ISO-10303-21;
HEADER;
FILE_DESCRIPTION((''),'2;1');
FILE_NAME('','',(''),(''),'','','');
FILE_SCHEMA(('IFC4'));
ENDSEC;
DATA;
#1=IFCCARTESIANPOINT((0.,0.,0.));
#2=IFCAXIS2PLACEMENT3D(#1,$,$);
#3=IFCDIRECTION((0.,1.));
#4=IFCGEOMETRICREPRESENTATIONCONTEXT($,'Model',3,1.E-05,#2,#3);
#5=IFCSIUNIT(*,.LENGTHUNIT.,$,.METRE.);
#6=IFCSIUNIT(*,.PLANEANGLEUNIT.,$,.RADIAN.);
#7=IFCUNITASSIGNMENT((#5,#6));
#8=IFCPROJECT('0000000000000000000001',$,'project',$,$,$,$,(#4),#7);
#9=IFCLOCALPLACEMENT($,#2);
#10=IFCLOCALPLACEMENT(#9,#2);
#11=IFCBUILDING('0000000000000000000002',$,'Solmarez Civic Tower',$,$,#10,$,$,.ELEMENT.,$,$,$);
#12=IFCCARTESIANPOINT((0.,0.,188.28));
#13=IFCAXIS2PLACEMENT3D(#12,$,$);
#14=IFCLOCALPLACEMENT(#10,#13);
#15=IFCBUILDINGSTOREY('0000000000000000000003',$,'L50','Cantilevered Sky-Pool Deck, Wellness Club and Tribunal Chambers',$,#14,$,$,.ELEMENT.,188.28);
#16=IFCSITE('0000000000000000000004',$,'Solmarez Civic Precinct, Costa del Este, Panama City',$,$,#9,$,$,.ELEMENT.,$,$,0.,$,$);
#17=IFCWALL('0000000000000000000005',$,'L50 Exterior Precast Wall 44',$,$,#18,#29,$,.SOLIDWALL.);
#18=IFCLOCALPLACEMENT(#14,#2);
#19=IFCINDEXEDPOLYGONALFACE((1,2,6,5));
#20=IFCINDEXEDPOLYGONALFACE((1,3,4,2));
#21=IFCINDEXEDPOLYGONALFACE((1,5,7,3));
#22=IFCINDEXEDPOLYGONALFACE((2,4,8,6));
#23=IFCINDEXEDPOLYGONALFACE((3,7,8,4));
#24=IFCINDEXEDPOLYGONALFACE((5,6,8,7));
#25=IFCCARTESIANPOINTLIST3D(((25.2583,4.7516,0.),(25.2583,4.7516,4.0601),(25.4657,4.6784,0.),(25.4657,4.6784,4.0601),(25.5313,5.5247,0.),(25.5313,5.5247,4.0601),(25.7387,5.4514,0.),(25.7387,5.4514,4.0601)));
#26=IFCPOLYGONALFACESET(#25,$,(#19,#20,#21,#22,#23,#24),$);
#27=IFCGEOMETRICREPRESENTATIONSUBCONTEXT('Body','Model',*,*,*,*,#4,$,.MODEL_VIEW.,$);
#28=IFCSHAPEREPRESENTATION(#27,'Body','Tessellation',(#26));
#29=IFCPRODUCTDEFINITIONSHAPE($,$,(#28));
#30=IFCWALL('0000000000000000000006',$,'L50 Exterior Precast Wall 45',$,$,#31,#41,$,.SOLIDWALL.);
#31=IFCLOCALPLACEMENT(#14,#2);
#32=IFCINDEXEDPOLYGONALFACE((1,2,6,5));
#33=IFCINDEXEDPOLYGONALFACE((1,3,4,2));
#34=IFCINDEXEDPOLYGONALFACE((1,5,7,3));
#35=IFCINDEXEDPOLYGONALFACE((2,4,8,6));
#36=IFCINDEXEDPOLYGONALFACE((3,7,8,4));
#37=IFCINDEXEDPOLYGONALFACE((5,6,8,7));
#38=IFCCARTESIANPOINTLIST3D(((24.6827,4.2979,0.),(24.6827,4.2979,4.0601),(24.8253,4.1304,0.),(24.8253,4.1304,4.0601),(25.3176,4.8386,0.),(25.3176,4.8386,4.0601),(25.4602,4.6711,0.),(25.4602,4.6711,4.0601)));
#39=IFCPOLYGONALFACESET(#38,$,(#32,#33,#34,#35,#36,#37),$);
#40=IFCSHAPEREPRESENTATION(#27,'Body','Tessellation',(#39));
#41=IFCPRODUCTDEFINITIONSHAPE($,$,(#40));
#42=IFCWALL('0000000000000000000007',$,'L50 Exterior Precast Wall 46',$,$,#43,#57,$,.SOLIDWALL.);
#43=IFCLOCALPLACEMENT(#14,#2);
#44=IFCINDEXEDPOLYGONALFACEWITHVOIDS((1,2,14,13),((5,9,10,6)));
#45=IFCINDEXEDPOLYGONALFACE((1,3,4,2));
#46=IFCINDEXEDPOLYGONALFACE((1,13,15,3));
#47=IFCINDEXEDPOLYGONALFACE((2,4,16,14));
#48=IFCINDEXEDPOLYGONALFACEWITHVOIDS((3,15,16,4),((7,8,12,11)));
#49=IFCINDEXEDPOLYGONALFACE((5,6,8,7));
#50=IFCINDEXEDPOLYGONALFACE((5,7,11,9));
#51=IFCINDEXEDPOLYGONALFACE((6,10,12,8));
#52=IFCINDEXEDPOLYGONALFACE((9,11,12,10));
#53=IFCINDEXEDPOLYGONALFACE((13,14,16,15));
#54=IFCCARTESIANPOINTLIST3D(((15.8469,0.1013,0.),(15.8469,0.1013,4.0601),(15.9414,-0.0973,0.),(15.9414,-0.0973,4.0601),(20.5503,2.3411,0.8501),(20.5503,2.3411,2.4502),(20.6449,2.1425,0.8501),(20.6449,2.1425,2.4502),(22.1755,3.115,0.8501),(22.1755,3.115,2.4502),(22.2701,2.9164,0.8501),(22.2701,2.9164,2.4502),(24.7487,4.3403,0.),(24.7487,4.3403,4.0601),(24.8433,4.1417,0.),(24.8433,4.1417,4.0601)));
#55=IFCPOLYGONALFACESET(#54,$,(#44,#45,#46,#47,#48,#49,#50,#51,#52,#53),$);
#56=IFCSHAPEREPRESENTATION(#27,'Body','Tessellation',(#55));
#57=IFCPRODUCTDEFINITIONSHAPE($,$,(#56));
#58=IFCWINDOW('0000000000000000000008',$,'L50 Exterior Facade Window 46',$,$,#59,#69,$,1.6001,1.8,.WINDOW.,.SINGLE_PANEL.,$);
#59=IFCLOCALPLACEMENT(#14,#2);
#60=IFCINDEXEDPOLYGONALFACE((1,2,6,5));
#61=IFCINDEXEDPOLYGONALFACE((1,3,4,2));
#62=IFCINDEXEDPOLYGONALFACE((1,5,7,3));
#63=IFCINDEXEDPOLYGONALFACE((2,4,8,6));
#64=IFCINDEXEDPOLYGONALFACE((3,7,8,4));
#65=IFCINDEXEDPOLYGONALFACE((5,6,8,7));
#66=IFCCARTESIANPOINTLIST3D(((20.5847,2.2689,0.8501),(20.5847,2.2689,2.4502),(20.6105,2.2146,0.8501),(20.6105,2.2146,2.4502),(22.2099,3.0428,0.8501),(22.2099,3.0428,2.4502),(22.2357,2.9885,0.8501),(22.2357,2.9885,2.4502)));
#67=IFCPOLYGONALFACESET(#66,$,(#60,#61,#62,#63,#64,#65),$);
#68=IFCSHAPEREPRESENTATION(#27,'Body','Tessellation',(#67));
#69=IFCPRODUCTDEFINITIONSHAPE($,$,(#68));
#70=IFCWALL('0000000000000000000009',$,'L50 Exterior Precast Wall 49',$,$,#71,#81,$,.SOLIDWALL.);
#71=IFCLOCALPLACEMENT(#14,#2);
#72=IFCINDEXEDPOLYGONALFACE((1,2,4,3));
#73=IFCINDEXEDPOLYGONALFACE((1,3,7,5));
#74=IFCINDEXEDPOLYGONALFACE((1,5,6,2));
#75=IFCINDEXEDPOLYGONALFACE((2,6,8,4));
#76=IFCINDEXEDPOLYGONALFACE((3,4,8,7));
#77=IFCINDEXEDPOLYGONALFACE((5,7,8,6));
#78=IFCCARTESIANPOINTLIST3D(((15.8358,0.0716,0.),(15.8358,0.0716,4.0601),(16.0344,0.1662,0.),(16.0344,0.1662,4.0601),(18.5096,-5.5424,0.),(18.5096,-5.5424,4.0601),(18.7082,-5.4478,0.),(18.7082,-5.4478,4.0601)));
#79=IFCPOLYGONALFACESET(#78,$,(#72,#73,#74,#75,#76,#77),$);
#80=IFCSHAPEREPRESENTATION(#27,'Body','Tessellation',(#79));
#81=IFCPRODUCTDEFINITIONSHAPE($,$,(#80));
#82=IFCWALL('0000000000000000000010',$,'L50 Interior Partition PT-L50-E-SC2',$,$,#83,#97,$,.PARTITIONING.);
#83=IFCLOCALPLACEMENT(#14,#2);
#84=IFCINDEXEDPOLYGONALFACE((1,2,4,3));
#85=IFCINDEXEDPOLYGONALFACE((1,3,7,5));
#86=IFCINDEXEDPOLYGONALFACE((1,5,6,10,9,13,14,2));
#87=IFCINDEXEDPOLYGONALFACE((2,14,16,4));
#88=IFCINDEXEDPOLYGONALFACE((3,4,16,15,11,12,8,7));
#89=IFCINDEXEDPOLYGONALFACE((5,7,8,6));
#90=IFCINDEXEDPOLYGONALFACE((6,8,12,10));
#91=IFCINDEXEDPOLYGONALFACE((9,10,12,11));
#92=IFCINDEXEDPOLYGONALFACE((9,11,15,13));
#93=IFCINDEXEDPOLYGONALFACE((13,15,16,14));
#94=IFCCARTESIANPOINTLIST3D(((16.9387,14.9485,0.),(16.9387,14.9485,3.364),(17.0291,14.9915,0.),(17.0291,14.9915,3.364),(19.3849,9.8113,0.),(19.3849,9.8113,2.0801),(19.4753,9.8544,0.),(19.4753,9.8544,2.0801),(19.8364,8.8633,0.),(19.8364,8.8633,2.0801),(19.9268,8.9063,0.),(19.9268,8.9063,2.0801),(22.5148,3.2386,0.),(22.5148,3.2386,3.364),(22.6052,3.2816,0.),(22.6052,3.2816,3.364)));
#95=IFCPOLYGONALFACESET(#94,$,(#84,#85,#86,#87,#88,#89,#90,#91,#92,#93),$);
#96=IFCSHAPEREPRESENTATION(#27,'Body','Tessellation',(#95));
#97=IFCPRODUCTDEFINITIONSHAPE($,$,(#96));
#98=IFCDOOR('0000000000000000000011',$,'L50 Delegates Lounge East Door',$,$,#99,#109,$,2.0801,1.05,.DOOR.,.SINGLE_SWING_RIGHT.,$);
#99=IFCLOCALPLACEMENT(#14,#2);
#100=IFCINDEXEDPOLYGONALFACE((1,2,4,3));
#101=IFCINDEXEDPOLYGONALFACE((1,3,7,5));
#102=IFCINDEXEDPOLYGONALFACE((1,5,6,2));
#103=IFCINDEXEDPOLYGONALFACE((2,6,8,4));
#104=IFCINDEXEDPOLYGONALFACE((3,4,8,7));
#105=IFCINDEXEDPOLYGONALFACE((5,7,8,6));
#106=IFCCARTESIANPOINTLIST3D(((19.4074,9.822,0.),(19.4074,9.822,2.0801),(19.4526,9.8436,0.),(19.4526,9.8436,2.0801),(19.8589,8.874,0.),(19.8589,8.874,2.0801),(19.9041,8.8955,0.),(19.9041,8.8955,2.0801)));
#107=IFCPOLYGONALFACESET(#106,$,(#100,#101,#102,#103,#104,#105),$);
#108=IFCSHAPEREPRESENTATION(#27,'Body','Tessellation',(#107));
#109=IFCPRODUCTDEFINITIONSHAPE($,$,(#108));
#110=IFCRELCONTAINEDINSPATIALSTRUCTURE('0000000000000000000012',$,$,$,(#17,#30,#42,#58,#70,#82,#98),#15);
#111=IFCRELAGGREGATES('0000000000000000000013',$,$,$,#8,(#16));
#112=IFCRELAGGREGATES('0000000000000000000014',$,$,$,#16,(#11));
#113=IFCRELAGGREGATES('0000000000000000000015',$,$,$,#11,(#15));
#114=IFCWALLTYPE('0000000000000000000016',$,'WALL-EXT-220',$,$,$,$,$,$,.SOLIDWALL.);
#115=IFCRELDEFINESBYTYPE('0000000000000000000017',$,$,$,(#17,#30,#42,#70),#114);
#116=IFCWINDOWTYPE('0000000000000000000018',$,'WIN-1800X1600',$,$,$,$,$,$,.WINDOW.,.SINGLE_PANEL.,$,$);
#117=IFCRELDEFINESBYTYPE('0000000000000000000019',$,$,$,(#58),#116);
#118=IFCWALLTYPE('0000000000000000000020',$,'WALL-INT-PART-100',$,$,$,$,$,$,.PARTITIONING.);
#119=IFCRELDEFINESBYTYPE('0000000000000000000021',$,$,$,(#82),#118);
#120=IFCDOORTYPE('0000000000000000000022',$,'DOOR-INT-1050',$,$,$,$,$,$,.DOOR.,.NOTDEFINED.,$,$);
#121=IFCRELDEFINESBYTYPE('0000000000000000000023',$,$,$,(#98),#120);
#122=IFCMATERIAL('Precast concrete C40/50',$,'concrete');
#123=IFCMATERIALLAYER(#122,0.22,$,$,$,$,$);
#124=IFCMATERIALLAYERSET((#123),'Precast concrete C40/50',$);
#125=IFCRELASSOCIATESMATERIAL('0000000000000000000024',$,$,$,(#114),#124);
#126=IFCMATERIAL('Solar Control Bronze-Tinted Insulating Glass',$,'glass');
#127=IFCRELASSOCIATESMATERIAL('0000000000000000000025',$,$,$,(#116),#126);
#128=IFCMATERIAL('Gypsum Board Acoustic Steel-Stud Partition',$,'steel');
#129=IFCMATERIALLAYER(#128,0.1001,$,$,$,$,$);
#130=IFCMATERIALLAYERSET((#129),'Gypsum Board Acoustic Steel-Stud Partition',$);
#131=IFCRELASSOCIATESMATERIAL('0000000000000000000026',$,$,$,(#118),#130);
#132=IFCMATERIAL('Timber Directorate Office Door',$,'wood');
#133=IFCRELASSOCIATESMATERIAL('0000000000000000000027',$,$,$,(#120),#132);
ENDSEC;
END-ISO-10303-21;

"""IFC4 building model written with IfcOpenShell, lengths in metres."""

from ifc_helpers import new_model, si_unit, direction, frame, frame_2d, origin, place, context, subcontext, project, spatial, rectangle, extrude, material, layer, layer_set, type_object, element, fill, save


model = new_model("IFC4")

# Units and contexts
model_context = context("Model", 3, precision=1e-05, world=origin(), true_north=direction((0.0, 1.0)))
body_context = subcontext(model_context, "Body", "Model", "MODEL_VIEW")
ifc_project = project(units=[si_unit("LENGTHUNIT", "METRE"), si_unit("PLANEANGLEUNIT", "RADIAN")], contexts=[model_context])

# Site, building, storey
site_placement = place(None, origin())
site = spatial("IfcSite", under=ifc_project, at=site_placement, Name="Solmarez Civic Precinct, Costa del Este, Panama City", CompositionType="ELEMENT", RefElevation=0.0)
building_placement = place(site_placement, origin())
building = spatial("IfcBuilding", under=site, at=building_placement, Name="Solmarez Civic Tower", CompositionType="ELEMENT")
storey_placement = place(building_placement, frame((0.0, 0.0, 188.28)))
storey = spatial("IfcBuildingStorey", under=building, at=storey_placement, Name="L50", Description="Cantilevered Sky-Pool Deck, Wellness Club and Tribunal Chambers", CompositionType="ELEMENT", Elevation=188.28)

# Shared definitions
ifc_material_1 = material(Name="Precast concrete C40/50", Category="concrete")
ifc_layer_1 = layer(ifc_material_1, 0.22)
ifc_layer_set_1 = layer_set([ifc_layer_1], Name="Precast concrete C40/50")
wall_type_1 = type_object("IfcWallType", Name="WALL-EXT-220", PredefinedType="SOLIDWALL", material=ifc_layer_set_1)

# Walls
wall_1_placement = place(storey_placement, frame((25.635, 5.488, 0.0), z_axis=(0.0, 0.0, 1.0), x_axis=(-0.332976, -0.942935, 0.0)))
element("IfcWall", 1, at=wall_1_placement, inside=storey, type_object=wall_type_1, Name="L50 Exterior Precast Wall 44", PredefinedType="SOLIDWALL", context=body_context, shape_type="SweptSolid", body=[
    extrude(rectangle(XDim=0.8198, YDim=0.22, at=frame_2d((0.4099, 0.0))), origin(), (0.0, 0.0, 1.0), 4.0601),
])
wall_2_placement = place(storey_placement, frame((25.3889, 4.7549, 0.0), z_axis=(0.0, 0.0, 1.0), x_axis=(-0.76134, -0.648353, 0.0)))
element("IfcWall", 2, at=wall_2_placement, inside=storey, type_object=wall_type_1, Name="L50 Exterior Precast Wall 45", PredefinedType="SOLIDWALL", context=body_context, shape_type="SweptSolid", body=[
    extrude(rectangle(XDim=0.834, YDim=0.22, at=frame_2d((0.417, 0.0))), origin(), (0.0, 0.0, 1.0), 4.0601),
])

# Wall, opening, window
wall_3_placement = place(storey_placement, frame((24.7959, 4.241, 0.0), z_axis=(0.0, 0.0, 1.0), x_axis=(-0.902859, -0.429936, 0.0)))
wall_3 = element("IfcWall", 3, at=wall_3_placement, inside=storey, type_object=wall_type_1, Name="L50 Exterior Precast Wall 46", PredefinedType="SOLIDWALL", context=body_context, shape_type="SweptSolid", body=[
    extrude(rectangle(XDim=9.8596, YDim=0.22, at=frame_2d((4.9297, 0.0))), origin(), (0.0, 0.0, 1.0), 4.0601),
])
opening_1_placement = place(wall_3_placement, frame((2.8501, 0.0, 0.8501)))
opening_1 = element("IfcOpeningElement", 4, at=opening_1_placement, cuts=wall_3, PredefinedType="OPENING", context=body_context, shape_type="SweptSolid", body=[
    extrude(rectangle(XDim=1.8, YDim=1.6001, at=frame_2d((0.8999, 0.8))), frame((0.0, 0.1199, 0.0), z_axis=(0.0, -1.0, 0.0), x_axis=(1.0, 0.0, 0.0)), (0.0, 0.0, 1.0), 0.24),
])
ifc_material_2 = material(Name="Solar Control Bronze-Tinted Insulating Glass", Category="glass")
window_type = type_object("IfcWindowType", Name="WIN-1800X1600", PartitioningType="SINGLE_PANEL", PredefinedType="WINDOW", material=ifc_material_2)
window_placement = place(opening_1_placement, origin())
window = element("IfcWindow", 5, at=window_placement, inside=storey, type_object=window_type, Name="L50 Exterior Facade Window 46", OverallHeight=1.6001, OverallWidth=1.8, PartitioningType="SINGLE_PANEL", PredefinedType="WINDOW", context=body_context, shape_type="SweptSolid", body=[
    extrude(rectangle(XDim=1.8, YDim=1.6001, at=frame_2d((0.8999, 0.8))), frame((0.0, 0.03, 0.0), z_axis=(0.0, -1.0, 0.0), x_axis=(1.0, 0.0, 0.0)), (0.0, 0.0, 1.0), 0.0601),
])
fill(opening_1, window)

# Wall
wall_4_placement = place(storey_placement, frame((15.9351, 0.1189, 0.0), z_axis=(0.0, 0.0, 1.0), x_axis=(0.429998, -0.90283, 0.0)))
element("IfcWall", 6, at=wall_4_placement, inside=storey, type_object=wall_type_1, Name="L50 Exterior Precast Wall 49", PredefinedType="SOLIDWALL", context=body_context, shape_type="SweptSolid", body=[
    extrude(rectangle(XDim=6.2183, YDim=0.22, at=frame_2d((3.1091, 0.0))), origin(), (0.0, 0.0, 1.0), 4.0601),
])

# Wall, opening, door
ifc_material_3 = material(Name="Gypsum Board Acoustic Steel-Stud Partition", Category="steel")
ifc_layer_2 = layer(ifc_material_3, 0.1001)
ifc_layer_set_2 = layer_set([ifc_layer_2], Name="Gypsum Board Acoustic Steel-Stud Partition")
wall_type_2 = type_object("IfcWallType", Name="WALL-INT-PART-100", PredefinedType="PARTITIONING", material=ifc_layer_set_2)
wall_5_placement = place(storey_placement, frame((16.9839, 14.97, 0.0), z_axis=(0.0, 0.0, 1.0), x_axis=(0.429934, -0.902861, 0.0)))
wall_5 = element("IfcWall", 7, at=wall_5_placement, inside=storey, type_object=wall_type_2, Name="L50 Interior Partition PT-L50-E-SC2", PredefinedType="PARTITIONING", context=body_context, shape_type="SweptSolid", body=[
    extrude(rectangle(XDim=12.9697, YDim=0.1001, at=frame_2d((6.4849, 0.0))), origin(), (0.0, 0.0, 1.0), 3.364),
])
opening_2_placement = place(wall_5_placement, frame((5.6899, 0.0, 0.0)))
opening_2 = element("IfcOpeningElement", 8, at=opening_2_placement, cuts=wall_5, PredefinedType="OPENING", context=body_context, shape_type="SweptSolid", body=[
    extrude(rectangle(XDim=1.05, YDim=2.0801, at=frame_2d((0.5249, 1.04))), frame((0.0, 0.0601, 0.0), z_axis=(0.0, -1.0, 0.0), x_axis=(1.0, 0.0, 0.0)), (0.0, 0.0, 1.0), 0.1201),
])
ifc_material_4 = material(Name="Timber Directorate Office Door", Category="wood")
door_type_1 = type_object("IfcDoorType", Name="DOOR-INT-1050", OperationType="NOTDEFINED", PredefinedType="DOOR", material=ifc_material_4)
door_1_placement = place(opening_2_placement, origin())
door_1 = element("IfcDoor", 9, at=door_1_placement, inside=storey, type_object=door_type_1, Name="L50 Delegates Lounge East Door", OperationType="SINGLE_SWING_RIGHT", OverallHeight=2.0801, OverallWidth=1.05, PredefinedType="DOOR", context=body_context, shape_type="SweptSolid", body=[
    extrude(rectangle(XDim=1.05, YDim=2.0801, at=frame_2d((0.5249, 1.04))), frame((0.0, 0.0249, 0.0), z_axis=(0.0, -1.0, 0.0), x_axis=(1.0, 0.0, 0.0)), (0.0, 0.0, 1.0), 0.05),
])
fill(opening_2, door_1)

save(model, "model.ifc")
